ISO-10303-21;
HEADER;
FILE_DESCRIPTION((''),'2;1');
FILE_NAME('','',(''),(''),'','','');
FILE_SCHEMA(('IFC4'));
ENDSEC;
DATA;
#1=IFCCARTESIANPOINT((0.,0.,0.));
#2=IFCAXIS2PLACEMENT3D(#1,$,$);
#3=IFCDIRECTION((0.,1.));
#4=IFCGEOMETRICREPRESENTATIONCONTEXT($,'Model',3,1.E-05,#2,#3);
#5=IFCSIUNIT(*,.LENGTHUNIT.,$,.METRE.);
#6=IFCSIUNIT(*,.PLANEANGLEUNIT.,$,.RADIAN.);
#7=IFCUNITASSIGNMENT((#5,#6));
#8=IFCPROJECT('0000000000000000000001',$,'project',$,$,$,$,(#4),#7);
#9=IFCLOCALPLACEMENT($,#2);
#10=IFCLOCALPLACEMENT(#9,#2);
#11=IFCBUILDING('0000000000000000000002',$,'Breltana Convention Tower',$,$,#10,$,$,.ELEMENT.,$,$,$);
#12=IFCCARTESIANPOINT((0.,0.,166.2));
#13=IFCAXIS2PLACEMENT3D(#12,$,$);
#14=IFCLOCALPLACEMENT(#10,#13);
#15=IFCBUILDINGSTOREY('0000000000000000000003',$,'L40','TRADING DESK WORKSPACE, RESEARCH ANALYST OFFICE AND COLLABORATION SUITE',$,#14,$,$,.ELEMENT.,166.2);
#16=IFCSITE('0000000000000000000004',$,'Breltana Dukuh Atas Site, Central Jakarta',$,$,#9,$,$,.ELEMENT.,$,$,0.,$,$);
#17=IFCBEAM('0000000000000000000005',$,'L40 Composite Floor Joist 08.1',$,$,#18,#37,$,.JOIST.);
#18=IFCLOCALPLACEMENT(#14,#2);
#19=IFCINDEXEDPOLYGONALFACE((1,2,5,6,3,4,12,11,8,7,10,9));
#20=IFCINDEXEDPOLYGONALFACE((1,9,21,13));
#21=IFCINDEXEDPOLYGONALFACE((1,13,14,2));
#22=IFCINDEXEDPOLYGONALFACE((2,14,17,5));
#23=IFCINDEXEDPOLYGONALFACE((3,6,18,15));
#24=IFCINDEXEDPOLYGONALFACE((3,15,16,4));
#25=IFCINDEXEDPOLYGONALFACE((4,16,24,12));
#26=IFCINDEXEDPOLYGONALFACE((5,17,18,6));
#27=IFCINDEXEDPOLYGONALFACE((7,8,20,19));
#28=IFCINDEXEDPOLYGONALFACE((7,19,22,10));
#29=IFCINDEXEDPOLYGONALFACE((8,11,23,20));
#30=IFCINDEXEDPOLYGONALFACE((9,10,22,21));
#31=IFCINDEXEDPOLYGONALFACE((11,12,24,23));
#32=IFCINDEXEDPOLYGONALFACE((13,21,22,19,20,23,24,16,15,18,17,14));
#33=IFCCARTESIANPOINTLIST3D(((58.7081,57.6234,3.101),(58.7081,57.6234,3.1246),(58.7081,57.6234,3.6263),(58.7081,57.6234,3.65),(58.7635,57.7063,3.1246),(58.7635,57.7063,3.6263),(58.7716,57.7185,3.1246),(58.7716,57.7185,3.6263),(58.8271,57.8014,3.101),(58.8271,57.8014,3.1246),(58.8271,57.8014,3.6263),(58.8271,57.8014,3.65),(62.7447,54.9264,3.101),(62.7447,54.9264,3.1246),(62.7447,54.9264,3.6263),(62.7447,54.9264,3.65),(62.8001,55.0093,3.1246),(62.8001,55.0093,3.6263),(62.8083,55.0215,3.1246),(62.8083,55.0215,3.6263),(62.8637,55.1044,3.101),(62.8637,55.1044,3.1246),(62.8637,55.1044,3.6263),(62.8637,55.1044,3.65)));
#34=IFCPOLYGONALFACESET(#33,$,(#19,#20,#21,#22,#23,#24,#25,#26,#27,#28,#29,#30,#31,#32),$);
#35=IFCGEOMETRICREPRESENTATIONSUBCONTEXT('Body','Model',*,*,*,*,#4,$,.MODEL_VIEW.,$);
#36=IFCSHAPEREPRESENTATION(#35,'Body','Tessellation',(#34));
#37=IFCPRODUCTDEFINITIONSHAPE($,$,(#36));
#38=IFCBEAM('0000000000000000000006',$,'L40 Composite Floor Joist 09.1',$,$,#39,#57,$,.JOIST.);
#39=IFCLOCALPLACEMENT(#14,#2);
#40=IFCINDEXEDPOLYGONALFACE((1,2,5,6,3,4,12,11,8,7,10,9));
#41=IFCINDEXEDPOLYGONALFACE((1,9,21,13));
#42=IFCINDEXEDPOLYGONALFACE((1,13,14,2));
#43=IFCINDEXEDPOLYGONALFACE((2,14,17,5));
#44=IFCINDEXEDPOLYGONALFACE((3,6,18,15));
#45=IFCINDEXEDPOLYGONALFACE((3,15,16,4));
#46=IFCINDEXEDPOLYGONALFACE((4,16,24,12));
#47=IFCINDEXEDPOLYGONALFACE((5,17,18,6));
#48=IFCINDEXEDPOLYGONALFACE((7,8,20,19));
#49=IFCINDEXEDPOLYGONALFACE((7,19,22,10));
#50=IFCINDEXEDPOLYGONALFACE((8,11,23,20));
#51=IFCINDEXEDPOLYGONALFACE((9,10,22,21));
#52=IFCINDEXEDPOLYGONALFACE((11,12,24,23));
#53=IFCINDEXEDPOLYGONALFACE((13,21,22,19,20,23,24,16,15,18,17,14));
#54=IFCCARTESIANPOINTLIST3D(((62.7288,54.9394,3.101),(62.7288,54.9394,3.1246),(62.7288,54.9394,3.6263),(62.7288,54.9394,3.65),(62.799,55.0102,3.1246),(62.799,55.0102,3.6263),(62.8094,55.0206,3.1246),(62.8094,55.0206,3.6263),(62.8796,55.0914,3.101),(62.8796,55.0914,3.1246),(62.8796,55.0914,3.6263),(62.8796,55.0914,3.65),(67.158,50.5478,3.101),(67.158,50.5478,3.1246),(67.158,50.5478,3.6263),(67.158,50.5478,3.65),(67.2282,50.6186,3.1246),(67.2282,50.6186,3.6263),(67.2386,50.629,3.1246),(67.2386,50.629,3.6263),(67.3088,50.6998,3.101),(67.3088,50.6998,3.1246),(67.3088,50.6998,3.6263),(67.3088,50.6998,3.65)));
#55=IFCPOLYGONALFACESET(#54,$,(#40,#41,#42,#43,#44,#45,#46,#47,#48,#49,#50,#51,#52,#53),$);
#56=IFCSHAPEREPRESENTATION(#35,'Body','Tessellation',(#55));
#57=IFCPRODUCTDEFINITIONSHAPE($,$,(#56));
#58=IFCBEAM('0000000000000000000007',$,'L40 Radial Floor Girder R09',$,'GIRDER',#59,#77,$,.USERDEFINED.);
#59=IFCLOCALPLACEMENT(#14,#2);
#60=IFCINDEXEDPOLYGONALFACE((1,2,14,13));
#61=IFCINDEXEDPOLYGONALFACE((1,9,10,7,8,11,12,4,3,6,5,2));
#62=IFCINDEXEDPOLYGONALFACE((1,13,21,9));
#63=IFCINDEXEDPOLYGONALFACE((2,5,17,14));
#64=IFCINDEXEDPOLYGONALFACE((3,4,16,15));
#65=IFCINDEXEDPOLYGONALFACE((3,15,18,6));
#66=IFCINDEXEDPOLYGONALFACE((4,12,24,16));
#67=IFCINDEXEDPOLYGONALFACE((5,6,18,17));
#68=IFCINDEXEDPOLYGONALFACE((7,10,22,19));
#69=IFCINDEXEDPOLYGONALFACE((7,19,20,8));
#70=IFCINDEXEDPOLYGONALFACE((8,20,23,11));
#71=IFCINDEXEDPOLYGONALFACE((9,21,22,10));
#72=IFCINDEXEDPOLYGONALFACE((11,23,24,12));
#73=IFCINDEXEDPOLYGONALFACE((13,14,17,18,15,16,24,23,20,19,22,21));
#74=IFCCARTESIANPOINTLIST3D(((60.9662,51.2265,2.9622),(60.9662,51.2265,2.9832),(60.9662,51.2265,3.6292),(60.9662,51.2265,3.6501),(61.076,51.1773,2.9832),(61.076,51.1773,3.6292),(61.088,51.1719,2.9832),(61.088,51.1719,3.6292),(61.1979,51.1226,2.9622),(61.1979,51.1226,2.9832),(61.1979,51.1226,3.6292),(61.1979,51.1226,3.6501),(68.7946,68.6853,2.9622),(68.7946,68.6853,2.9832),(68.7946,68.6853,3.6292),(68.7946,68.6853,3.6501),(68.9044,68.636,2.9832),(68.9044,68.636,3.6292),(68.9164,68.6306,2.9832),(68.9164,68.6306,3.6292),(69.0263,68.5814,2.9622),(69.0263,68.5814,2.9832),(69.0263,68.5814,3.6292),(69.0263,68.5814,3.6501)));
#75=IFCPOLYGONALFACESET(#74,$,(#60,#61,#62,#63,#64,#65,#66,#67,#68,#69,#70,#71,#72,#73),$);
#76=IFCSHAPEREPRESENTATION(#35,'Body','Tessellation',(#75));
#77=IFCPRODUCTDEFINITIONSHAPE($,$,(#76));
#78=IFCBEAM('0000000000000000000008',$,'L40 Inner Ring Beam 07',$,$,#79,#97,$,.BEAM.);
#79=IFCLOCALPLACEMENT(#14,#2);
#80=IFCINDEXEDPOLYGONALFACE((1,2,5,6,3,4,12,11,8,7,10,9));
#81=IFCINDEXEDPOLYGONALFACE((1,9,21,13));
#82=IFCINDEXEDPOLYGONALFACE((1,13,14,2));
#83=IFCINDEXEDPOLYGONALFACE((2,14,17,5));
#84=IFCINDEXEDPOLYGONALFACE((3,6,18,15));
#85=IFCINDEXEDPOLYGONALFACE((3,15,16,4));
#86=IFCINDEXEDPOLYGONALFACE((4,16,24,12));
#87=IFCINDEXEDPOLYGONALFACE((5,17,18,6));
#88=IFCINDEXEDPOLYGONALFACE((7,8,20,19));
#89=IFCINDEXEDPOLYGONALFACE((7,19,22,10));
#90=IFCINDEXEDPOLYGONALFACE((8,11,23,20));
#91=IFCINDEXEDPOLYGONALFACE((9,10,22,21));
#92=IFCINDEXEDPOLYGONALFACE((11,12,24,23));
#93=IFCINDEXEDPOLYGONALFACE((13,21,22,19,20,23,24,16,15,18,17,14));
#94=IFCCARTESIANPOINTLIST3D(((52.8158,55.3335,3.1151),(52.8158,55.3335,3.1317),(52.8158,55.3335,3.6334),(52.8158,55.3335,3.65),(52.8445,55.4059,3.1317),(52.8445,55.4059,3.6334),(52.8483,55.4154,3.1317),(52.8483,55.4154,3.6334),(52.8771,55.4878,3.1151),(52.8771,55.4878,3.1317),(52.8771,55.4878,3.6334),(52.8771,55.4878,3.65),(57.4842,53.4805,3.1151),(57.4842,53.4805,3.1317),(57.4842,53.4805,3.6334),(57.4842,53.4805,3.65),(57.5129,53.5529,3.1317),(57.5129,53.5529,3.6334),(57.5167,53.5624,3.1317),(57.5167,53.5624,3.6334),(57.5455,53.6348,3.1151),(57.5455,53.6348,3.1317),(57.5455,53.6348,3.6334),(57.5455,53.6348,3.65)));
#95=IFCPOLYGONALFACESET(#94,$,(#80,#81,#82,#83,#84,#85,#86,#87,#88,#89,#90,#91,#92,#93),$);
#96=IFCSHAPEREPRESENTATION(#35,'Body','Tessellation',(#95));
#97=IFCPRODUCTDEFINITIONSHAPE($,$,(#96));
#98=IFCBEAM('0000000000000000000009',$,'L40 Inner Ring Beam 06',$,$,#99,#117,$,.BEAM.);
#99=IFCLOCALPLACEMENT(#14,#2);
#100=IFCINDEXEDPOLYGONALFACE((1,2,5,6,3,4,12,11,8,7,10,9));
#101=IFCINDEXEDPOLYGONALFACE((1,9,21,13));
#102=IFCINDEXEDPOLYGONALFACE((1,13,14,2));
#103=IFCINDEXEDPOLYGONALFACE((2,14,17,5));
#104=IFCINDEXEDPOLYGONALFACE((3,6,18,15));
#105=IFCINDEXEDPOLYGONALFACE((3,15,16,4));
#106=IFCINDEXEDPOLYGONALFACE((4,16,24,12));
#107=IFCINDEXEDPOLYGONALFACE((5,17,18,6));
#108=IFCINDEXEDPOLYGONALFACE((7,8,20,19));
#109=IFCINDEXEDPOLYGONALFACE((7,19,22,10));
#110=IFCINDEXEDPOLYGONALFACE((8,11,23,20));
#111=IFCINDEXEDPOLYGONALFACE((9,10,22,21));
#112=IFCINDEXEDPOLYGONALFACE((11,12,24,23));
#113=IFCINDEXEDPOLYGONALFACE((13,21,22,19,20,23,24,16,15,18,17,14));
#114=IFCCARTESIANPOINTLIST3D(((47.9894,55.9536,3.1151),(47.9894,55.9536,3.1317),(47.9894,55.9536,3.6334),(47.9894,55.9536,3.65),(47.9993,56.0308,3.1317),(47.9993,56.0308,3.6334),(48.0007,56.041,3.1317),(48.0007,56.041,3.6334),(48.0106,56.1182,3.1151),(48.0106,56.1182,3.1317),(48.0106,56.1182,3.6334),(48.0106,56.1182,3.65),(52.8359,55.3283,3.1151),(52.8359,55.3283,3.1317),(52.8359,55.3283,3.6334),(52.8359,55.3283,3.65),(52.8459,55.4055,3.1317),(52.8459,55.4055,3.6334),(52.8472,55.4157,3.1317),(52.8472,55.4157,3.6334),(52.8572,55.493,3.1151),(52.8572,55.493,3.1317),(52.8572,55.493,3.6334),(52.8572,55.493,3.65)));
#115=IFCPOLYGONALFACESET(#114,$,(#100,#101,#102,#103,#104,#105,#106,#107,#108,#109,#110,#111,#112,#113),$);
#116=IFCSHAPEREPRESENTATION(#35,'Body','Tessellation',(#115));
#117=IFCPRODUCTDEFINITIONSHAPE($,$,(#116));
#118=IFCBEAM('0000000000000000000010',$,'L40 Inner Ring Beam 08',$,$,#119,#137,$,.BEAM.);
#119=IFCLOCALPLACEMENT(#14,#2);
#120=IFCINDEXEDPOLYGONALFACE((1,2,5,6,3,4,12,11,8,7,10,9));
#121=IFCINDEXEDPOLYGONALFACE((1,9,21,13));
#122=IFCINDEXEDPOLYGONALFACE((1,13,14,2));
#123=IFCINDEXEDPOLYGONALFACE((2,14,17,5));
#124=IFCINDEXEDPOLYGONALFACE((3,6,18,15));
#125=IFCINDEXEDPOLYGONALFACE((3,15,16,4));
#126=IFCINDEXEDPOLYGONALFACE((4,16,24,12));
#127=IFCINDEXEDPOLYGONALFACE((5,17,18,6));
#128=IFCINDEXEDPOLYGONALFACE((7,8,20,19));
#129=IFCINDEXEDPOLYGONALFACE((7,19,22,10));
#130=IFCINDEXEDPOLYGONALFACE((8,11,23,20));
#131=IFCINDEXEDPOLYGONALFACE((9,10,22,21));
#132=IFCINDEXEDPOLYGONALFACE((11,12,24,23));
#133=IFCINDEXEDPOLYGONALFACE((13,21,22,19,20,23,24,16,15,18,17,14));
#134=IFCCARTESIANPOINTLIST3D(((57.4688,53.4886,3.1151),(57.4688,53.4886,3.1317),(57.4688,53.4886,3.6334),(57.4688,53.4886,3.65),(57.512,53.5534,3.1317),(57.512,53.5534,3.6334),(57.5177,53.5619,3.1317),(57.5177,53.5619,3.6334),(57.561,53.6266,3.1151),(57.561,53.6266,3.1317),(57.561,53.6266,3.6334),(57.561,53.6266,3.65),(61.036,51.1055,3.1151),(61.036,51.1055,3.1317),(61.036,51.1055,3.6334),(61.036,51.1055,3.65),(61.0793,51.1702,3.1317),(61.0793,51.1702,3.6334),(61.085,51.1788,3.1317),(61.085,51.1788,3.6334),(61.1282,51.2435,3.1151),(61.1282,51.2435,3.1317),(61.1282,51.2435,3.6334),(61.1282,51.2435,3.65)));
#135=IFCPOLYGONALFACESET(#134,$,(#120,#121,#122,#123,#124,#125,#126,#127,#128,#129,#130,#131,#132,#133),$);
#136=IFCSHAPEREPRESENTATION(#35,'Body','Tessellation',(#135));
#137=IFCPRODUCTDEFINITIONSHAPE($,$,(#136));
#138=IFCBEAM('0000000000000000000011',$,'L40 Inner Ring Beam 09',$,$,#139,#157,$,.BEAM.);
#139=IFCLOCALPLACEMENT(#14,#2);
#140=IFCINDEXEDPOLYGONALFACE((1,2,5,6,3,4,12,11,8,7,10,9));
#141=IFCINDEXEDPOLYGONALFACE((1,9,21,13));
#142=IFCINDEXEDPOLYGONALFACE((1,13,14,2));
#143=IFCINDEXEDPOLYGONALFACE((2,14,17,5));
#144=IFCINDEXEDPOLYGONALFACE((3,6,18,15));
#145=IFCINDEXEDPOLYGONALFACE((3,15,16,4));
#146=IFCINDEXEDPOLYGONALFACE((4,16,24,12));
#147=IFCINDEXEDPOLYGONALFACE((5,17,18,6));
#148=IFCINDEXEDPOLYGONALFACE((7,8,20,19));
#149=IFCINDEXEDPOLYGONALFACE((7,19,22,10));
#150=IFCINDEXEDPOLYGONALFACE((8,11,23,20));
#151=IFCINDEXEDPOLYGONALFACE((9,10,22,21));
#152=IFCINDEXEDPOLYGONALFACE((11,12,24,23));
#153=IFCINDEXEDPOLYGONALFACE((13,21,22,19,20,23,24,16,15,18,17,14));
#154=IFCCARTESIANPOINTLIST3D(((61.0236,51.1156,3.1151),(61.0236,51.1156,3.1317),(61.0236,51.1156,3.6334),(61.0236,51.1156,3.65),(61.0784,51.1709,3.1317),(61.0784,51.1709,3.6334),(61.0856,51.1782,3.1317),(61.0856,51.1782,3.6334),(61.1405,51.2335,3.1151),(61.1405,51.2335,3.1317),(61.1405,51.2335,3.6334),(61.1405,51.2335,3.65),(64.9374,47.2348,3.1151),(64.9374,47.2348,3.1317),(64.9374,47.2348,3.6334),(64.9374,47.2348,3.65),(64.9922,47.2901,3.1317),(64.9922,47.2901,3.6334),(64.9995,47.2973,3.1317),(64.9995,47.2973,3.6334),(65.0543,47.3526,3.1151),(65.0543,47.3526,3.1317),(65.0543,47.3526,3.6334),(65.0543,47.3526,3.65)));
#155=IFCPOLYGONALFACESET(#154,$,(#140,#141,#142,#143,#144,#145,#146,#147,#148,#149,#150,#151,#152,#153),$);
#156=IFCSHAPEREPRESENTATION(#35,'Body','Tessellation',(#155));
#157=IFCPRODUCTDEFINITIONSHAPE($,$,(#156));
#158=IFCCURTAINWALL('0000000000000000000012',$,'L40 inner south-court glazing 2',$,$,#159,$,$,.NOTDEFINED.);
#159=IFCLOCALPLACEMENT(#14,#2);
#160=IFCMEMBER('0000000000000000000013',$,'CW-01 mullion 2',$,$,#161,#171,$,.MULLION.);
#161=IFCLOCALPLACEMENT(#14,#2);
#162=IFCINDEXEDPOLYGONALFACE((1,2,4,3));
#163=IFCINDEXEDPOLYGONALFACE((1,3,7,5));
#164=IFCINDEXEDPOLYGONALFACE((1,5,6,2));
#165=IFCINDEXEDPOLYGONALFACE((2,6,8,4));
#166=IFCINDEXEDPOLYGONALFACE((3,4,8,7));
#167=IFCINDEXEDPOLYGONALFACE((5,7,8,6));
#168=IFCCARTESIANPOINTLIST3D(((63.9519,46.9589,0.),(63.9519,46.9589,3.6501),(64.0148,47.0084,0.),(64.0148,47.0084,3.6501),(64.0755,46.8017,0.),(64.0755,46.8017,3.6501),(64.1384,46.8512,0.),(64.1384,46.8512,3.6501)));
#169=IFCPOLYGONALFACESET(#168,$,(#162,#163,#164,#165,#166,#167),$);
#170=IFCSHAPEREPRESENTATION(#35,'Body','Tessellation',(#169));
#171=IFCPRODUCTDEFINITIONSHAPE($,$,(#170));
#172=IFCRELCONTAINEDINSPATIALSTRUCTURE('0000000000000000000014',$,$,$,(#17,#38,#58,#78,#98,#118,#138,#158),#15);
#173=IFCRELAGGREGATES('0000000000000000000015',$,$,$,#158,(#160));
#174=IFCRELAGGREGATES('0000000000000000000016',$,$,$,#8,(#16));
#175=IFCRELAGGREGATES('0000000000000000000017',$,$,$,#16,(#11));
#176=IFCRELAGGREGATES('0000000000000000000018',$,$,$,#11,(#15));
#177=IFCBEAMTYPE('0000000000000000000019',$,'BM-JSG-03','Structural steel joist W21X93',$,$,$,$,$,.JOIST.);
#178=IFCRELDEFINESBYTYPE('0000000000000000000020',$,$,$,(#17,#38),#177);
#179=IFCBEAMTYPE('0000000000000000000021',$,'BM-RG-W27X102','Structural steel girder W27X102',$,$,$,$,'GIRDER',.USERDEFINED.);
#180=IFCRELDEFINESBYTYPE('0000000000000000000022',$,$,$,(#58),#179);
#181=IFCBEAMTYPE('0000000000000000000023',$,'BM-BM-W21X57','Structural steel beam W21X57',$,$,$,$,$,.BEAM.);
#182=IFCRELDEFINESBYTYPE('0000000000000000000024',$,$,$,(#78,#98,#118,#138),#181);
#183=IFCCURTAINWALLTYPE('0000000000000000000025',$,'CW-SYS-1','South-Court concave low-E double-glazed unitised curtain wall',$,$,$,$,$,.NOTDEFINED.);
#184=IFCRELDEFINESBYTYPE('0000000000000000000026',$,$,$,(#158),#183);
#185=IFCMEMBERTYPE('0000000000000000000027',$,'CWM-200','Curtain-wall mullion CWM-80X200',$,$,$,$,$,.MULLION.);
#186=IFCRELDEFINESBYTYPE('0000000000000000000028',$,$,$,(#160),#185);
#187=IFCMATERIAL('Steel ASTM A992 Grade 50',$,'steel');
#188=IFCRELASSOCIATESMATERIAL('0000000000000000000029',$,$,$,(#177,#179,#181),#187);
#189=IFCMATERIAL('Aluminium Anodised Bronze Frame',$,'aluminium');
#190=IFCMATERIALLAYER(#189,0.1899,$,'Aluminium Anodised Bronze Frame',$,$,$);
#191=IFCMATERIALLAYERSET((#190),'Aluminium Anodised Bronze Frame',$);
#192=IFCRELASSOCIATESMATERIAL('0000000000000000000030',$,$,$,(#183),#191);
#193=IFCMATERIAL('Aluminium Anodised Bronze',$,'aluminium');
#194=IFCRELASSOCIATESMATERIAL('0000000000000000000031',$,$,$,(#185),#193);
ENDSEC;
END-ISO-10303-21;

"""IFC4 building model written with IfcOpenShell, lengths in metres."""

from ifc_helpers import new_model, si_unit, direction, frame, origin, origin_2d, place, context, subcontext, project, spatial, rectangle, i_section, extrude, source, transform, mapped, material, layer, layer_set, material_profile, profile_set, type_object, element, aggregate, save


model = new_model("IFC4")

# Units and contexts
model_context = context("Model", 3, precision=1e-05, world=origin(), true_north=direction((0.0, 1.0)))
body_context = subcontext(model_context, "Body", "Model", "MODEL_VIEW")
ifc_project = project(units=[si_unit("LENGTHUNIT", "METRE"), si_unit("PLANEANGLEUNIT", "RADIAN")], contexts=[model_context])

# Site, building, storey
site_placement = place(None, origin())
site = spatial("IfcSite", under=ifc_project, at=site_placement, Name="Breltana Dukuh Atas Site, Central Jakarta", CompositionType="ELEMENT", RefElevation=0.0)
building_placement = place(site_placement, origin())
building = spatial("IfcBuilding", under=site, at=building_placement, Name="Breltana Convention Tower", CompositionType="ELEMENT")
storey_placement = place(building_placement, frame((0.0, 0.0, 166.2)))
storey = spatial("IfcBuildingStorey", under=building, at=storey_placement, Name="L40", Description="TRADING DESK WORKSPACE, RESEARCH ANALYST OFFICE AND COLLABORATION SUITE", CompositionType="ELEMENT", Elevation=166.2)

# Beams
ifc_material_1 = material(Name="Steel ASTM A992 Grade 50", Category="steel")
ifc_material_profile_1 = material_profile(ifc_material_1, i_section(OverallWidth=0.2141, OverallDepth=0.5491, WebThickness=0.0146, FlangeThickness=0.0237, at=origin_2d()), Name="W21X93")
ifc_profile_set_1 = profile_set([ifc_material_profile_1], Name="Steel ASTM A992 Grade 50")
beam_type_1 = type_object("IfcBeamType", Name="BM-JSG-03", Description="Structural steel joist W21X93", PredefinedType="JOIST", material=ifc_profile_set_1)
shared_shape_1 = source(origin(), body_context, "Body", "SweptSolid", [
    extrude(i_section(OverallWidth=0.2141, OverallDepth=0.5491, WebThickness=0.0146, FlangeThickness=0.0237, at=origin_2d()), origin(), (0.0, 0.0, 1.0), 4.8547),
])
beam_1_placement = place(storey_placement, frame((58.7676, 57.7124, 3.3755), z_axis=(0.831485, -0.555547, 0.0), x_axis=(0.555547, 0.831485, 0.0)))
element("IfcBeam", 1, at=beam_1_placement, inside=storey, type_object=beam_type_1, Name="L40 Composite Floor Joist 08.1", PredefinedType="JOIST", context=body_context, shape_type="MappedRepresentation", body=[
    mapped(shared_shape_1, transform((0.0, 0.0, 0.0), scale=1.0)),
])
shared_shape_2 = source(origin(), body_context, "Body", "SweptSolid", [
    extrude(i_section(OverallWidth=0.2141, OverallDepth=0.5491, WebThickness=0.0146, FlangeThickness=0.0237, at=origin_2d()), origin(), (0.0, 0.0, 1.0), 6.2373),
])
beam_2_placement = place(storey_placement, frame((62.8042, 55.0154, 3.3755), z_axis=(0.710114, -0.704086, 0.0), x_axis=(0.704086, 0.710114, 0.0)))
element("IfcBeam", 2, at=beam_2_placement, inside=storey, type_object=beam_type_1, Name="L40 Composite Floor Joist 09.1", PredefinedType="JOIST", context=body_context, shape_type="MappedRepresentation", body=[
    mapped(shared_shape_2, transform((0.0, 0.0, 0.0), scale=1.0)),
])
ifc_material_profile_2 = material_profile(ifc_material_1, i_section(OverallWidth=0.2539, OverallDepth=0.688, WebThickness=0.0132, FlangeThickness=0.021, at=origin_2d()), Name="W27X102")
ifc_profile_set_2 = profile_set([ifc_material_profile_2], Name="Steel ASTM A992 Grade 50")
beam_type_2 = type_object("IfcBeamType", Name="BM-RG-W27X102", Description="Structural steel girder W27X102", ElementType="GIRDER", PredefinedType="USERDEFINED", material=ifc_profile_set_2)
shared_shape_3 = source(origin(), body_context, "Body", "SweptSolid", [
    extrude(i_section(OverallWidth=0.2539, OverallDepth=0.688, WebThickness=0.0132, FlangeThickness=0.021, at=origin_2d()), origin(), (0.0, 0.0, 1.0), 19.1335),
])
beam_3_placement = place(storey_placement, frame((61.082, 51.1746, 3.3062), z_axis=(0.409145, 0.91247, 0.0), x_axis=(-0.91247, 0.409145, 0.0)))
element("IfcBeam", 3, at=beam_3_placement, inside=storey, type_object=beam_type_2, Name="L40 Radial Floor Girder R09", ObjectType="GIRDER", PredefinedType="USERDEFINED", context=body_context, shape_type="MappedRepresentation", body=[
    mapped(shared_shape_3, transform((0.0, 0.0, 0.0), scale=1.0)),
])
ifc_material_profile_3 = material_profile(ifc_material_1, i_section(OverallWidth=0.166, OverallDepth=0.5349, WebThickness=0.0103, FlangeThickness=0.0166, at=origin_2d()), Name="W21X57")
ifc_profile_set_3 = profile_set([ifc_material_profile_3], Name="Steel ASTM A992 Grade 50")
beam_type_3 = type_object("IfcBeamType", Name="BM-BM-W21X57", Description="Structural steel beam W21X57", PredefinedType="BEAM", material=ifc_profile_set_3)
shared_shape_4 = source(origin(), body_context, "Body", "SweptSolid", [
    extrude(i_section(OverallWidth=0.166, OverallDepth=0.5349, WebThickness=0.0103, FlangeThickness=0.0166, at=origin_2d()), origin(), (0.0, 0.0, 1.0), 5.0227),
])
beam_4_placement = place(storey_placement, frame((52.8464, 55.4106, 3.3826), z_axis=(0.929459, -0.368926, 0.0), x_axis=(0.368926, 0.929459, 0.0)))
element("IfcBeam", 4, at=beam_4_placement, inside=storey, type_object=beam_type_3, Name="L40 Inner Ring Beam 07", PredefinedType="BEAM", context=body_context, shape_type="MappedRepresentation", body=[
    mapped(shared_shape_4, transform((0.0, 0.0, 0.0), scale=1.0)),
])
shared_shape_5 = source(origin(), body_context, "Body", "SweptSolid", [
    extrude(i_section(OverallWidth=0.166, OverallDepth=0.5349, WebThickness=0.0103, FlangeThickness=0.0166, at=origin_2d()), origin(), (0.0, 0.0, 1.0), 4.8867),
])
beam_5_placement = place(storey_placement, frame((48.0, 56.0359, 3.3826), z_axis=(0.991781, -0.127951, 0.0), x_axis=(0.127951, 0.991781, 0.0)))
element("IfcBeam", 5, at=beam_5_placement, inside=storey, type_object=beam_type_3, Name="L40 Inner Ring Beam 06", PredefinedType="BEAM", context=body_context, shape_type="MappedRepresentation", body=[
    mapped(shared_shape_5, transform((0.0, 0.0, 0.0), scale=1.0)),
])
shared_shape_6 = source(origin(), body_context, "Body", "SweptSolid", [
    extrude(i_section(OverallWidth=0.166, OverallDepth=0.5349, WebThickness=0.0103, FlangeThickness=0.0166, at=origin_2d()), origin(), (0.0, 0.0, 1.0), 4.29),
])
beam_6_placement = place(storey_placement, frame((57.5149, 53.5576, 3.3826), z_axis=(0.831516, -0.555501, 0.0), x_axis=(0.555501, 0.831516, 0.0)))
element("IfcBeam", 6, at=beam_6_placement, inside=storey, type_object=beam_type_3, Name="L40 Inner Ring Beam 08", PredefinedType="BEAM", context=body_context, shape_type="MappedRepresentation", body=[
    mapped(shared_shape_6, transform((0.0, 0.0, 0.0), scale=1.0)),
])
shared_shape_7 = source(origin(), body_context, "Body", "SweptSolid", [
    extrude(i_section(OverallWidth=0.166, OverallDepth=0.5349, WebThickness=0.0103, FlangeThickness=0.0166, at=origin_2d()), origin(), (0.0, 0.0, 1.0), 5.5117),
])
beam_7_placement = place(storey_placement, frame((61.082, 51.1746, 3.3826), z_axis=(0.71009, -0.704111, 0.0), x_axis=(0.704111, 0.71009, 0.0)))
element("IfcBeam", 7, at=beam_7_placement, inside=storey, type_object=beam_type_3, Name="L40 Inner Ring Beam 09", PredefinedType="BEAM", context=body_context, shape_type="MappedRepresentation", body=[
    mapped(shared_shape_7, transform((0.0, 0.0, 0.0), scale=1.0)),
])

# Curtain wall, member
ifc_material_2 = material(Name="Aluminium Anodised Bronze Frame", Category="aluminium")
ifc_layer_1 = layer(ifc_material_2, 0.1899, Name="Aluminium Anodised Bronze Frame")
ifc_layer_set_1 = layer_set([ifc_layer_1], Name="Aluminium Anodised Bronze Frame")
curtain_wall_type = type_object("IfcCurtainWallType", Name="CW-SYS-1", Description="South-Court concave low-E double-glazed unitised curtain wall", PredefinedType="NOTDEFINED", material=ifc_layer_set_1)
curtain_wall_1_placement = place(storey_placement, origin())
curtain_wall_1 = element("IfcCurtainWall", 8, at=curtain_wall_1_placement, inside=storey, type_object=curtain_wall_type, Name="L40 inner south-court glazing 2", PredefinedType="NOTDEFINED")
ifc_material_3 = material(Name="Aluminium Anodised Bronze", Category="aluminium")
ifc_material_profile_4 = material_profile(ifc_material_3, rectangle(XDim=0.0801, YDim=0.2, at=origin_2d()), Name="CWM-80X200")
ifc_profile_set_4 = profile_set([ifc_material_profile_4], Name="Aluminium Anodised Bronze")
member_type_1 = type_object("IfcMemberType", Name="CWM-200", Description="Curtain-wall mullion CWM-80X200", PredefinedType="MULLION", material=ifc_profile_set_4)
shared_shape_8 = source(origin(), body_context, "Body", "SweptSolid", [
    extrude(rectangle(XDim=0.0801, YDim=0.2, at=origin_2d()), origin(), (0.0, 0.0, 1.0), 3.6501),
])
member_1_placement = place(storey_placement, frame((64.0452, 46.905, 0.0), z_axis=(0.0, 0.0, 1.0), x_axis=(-0.786051, -0.618161, 0.0)))
member_1 = element("IfcMember", 9, at=member_1_placement, type_object=member_type_1, Name="CW-01 mullion 2", PredefinedType="MULLION", context=body_context, shape_type="MappedRepresentation", body=[
    mapped(shared_shape_8, transform((0.0, 0.0, 0.0), scale=1.0)),
])
aggregate(curtain_wall_1, [member_1])

save(model, "model.ifc")
